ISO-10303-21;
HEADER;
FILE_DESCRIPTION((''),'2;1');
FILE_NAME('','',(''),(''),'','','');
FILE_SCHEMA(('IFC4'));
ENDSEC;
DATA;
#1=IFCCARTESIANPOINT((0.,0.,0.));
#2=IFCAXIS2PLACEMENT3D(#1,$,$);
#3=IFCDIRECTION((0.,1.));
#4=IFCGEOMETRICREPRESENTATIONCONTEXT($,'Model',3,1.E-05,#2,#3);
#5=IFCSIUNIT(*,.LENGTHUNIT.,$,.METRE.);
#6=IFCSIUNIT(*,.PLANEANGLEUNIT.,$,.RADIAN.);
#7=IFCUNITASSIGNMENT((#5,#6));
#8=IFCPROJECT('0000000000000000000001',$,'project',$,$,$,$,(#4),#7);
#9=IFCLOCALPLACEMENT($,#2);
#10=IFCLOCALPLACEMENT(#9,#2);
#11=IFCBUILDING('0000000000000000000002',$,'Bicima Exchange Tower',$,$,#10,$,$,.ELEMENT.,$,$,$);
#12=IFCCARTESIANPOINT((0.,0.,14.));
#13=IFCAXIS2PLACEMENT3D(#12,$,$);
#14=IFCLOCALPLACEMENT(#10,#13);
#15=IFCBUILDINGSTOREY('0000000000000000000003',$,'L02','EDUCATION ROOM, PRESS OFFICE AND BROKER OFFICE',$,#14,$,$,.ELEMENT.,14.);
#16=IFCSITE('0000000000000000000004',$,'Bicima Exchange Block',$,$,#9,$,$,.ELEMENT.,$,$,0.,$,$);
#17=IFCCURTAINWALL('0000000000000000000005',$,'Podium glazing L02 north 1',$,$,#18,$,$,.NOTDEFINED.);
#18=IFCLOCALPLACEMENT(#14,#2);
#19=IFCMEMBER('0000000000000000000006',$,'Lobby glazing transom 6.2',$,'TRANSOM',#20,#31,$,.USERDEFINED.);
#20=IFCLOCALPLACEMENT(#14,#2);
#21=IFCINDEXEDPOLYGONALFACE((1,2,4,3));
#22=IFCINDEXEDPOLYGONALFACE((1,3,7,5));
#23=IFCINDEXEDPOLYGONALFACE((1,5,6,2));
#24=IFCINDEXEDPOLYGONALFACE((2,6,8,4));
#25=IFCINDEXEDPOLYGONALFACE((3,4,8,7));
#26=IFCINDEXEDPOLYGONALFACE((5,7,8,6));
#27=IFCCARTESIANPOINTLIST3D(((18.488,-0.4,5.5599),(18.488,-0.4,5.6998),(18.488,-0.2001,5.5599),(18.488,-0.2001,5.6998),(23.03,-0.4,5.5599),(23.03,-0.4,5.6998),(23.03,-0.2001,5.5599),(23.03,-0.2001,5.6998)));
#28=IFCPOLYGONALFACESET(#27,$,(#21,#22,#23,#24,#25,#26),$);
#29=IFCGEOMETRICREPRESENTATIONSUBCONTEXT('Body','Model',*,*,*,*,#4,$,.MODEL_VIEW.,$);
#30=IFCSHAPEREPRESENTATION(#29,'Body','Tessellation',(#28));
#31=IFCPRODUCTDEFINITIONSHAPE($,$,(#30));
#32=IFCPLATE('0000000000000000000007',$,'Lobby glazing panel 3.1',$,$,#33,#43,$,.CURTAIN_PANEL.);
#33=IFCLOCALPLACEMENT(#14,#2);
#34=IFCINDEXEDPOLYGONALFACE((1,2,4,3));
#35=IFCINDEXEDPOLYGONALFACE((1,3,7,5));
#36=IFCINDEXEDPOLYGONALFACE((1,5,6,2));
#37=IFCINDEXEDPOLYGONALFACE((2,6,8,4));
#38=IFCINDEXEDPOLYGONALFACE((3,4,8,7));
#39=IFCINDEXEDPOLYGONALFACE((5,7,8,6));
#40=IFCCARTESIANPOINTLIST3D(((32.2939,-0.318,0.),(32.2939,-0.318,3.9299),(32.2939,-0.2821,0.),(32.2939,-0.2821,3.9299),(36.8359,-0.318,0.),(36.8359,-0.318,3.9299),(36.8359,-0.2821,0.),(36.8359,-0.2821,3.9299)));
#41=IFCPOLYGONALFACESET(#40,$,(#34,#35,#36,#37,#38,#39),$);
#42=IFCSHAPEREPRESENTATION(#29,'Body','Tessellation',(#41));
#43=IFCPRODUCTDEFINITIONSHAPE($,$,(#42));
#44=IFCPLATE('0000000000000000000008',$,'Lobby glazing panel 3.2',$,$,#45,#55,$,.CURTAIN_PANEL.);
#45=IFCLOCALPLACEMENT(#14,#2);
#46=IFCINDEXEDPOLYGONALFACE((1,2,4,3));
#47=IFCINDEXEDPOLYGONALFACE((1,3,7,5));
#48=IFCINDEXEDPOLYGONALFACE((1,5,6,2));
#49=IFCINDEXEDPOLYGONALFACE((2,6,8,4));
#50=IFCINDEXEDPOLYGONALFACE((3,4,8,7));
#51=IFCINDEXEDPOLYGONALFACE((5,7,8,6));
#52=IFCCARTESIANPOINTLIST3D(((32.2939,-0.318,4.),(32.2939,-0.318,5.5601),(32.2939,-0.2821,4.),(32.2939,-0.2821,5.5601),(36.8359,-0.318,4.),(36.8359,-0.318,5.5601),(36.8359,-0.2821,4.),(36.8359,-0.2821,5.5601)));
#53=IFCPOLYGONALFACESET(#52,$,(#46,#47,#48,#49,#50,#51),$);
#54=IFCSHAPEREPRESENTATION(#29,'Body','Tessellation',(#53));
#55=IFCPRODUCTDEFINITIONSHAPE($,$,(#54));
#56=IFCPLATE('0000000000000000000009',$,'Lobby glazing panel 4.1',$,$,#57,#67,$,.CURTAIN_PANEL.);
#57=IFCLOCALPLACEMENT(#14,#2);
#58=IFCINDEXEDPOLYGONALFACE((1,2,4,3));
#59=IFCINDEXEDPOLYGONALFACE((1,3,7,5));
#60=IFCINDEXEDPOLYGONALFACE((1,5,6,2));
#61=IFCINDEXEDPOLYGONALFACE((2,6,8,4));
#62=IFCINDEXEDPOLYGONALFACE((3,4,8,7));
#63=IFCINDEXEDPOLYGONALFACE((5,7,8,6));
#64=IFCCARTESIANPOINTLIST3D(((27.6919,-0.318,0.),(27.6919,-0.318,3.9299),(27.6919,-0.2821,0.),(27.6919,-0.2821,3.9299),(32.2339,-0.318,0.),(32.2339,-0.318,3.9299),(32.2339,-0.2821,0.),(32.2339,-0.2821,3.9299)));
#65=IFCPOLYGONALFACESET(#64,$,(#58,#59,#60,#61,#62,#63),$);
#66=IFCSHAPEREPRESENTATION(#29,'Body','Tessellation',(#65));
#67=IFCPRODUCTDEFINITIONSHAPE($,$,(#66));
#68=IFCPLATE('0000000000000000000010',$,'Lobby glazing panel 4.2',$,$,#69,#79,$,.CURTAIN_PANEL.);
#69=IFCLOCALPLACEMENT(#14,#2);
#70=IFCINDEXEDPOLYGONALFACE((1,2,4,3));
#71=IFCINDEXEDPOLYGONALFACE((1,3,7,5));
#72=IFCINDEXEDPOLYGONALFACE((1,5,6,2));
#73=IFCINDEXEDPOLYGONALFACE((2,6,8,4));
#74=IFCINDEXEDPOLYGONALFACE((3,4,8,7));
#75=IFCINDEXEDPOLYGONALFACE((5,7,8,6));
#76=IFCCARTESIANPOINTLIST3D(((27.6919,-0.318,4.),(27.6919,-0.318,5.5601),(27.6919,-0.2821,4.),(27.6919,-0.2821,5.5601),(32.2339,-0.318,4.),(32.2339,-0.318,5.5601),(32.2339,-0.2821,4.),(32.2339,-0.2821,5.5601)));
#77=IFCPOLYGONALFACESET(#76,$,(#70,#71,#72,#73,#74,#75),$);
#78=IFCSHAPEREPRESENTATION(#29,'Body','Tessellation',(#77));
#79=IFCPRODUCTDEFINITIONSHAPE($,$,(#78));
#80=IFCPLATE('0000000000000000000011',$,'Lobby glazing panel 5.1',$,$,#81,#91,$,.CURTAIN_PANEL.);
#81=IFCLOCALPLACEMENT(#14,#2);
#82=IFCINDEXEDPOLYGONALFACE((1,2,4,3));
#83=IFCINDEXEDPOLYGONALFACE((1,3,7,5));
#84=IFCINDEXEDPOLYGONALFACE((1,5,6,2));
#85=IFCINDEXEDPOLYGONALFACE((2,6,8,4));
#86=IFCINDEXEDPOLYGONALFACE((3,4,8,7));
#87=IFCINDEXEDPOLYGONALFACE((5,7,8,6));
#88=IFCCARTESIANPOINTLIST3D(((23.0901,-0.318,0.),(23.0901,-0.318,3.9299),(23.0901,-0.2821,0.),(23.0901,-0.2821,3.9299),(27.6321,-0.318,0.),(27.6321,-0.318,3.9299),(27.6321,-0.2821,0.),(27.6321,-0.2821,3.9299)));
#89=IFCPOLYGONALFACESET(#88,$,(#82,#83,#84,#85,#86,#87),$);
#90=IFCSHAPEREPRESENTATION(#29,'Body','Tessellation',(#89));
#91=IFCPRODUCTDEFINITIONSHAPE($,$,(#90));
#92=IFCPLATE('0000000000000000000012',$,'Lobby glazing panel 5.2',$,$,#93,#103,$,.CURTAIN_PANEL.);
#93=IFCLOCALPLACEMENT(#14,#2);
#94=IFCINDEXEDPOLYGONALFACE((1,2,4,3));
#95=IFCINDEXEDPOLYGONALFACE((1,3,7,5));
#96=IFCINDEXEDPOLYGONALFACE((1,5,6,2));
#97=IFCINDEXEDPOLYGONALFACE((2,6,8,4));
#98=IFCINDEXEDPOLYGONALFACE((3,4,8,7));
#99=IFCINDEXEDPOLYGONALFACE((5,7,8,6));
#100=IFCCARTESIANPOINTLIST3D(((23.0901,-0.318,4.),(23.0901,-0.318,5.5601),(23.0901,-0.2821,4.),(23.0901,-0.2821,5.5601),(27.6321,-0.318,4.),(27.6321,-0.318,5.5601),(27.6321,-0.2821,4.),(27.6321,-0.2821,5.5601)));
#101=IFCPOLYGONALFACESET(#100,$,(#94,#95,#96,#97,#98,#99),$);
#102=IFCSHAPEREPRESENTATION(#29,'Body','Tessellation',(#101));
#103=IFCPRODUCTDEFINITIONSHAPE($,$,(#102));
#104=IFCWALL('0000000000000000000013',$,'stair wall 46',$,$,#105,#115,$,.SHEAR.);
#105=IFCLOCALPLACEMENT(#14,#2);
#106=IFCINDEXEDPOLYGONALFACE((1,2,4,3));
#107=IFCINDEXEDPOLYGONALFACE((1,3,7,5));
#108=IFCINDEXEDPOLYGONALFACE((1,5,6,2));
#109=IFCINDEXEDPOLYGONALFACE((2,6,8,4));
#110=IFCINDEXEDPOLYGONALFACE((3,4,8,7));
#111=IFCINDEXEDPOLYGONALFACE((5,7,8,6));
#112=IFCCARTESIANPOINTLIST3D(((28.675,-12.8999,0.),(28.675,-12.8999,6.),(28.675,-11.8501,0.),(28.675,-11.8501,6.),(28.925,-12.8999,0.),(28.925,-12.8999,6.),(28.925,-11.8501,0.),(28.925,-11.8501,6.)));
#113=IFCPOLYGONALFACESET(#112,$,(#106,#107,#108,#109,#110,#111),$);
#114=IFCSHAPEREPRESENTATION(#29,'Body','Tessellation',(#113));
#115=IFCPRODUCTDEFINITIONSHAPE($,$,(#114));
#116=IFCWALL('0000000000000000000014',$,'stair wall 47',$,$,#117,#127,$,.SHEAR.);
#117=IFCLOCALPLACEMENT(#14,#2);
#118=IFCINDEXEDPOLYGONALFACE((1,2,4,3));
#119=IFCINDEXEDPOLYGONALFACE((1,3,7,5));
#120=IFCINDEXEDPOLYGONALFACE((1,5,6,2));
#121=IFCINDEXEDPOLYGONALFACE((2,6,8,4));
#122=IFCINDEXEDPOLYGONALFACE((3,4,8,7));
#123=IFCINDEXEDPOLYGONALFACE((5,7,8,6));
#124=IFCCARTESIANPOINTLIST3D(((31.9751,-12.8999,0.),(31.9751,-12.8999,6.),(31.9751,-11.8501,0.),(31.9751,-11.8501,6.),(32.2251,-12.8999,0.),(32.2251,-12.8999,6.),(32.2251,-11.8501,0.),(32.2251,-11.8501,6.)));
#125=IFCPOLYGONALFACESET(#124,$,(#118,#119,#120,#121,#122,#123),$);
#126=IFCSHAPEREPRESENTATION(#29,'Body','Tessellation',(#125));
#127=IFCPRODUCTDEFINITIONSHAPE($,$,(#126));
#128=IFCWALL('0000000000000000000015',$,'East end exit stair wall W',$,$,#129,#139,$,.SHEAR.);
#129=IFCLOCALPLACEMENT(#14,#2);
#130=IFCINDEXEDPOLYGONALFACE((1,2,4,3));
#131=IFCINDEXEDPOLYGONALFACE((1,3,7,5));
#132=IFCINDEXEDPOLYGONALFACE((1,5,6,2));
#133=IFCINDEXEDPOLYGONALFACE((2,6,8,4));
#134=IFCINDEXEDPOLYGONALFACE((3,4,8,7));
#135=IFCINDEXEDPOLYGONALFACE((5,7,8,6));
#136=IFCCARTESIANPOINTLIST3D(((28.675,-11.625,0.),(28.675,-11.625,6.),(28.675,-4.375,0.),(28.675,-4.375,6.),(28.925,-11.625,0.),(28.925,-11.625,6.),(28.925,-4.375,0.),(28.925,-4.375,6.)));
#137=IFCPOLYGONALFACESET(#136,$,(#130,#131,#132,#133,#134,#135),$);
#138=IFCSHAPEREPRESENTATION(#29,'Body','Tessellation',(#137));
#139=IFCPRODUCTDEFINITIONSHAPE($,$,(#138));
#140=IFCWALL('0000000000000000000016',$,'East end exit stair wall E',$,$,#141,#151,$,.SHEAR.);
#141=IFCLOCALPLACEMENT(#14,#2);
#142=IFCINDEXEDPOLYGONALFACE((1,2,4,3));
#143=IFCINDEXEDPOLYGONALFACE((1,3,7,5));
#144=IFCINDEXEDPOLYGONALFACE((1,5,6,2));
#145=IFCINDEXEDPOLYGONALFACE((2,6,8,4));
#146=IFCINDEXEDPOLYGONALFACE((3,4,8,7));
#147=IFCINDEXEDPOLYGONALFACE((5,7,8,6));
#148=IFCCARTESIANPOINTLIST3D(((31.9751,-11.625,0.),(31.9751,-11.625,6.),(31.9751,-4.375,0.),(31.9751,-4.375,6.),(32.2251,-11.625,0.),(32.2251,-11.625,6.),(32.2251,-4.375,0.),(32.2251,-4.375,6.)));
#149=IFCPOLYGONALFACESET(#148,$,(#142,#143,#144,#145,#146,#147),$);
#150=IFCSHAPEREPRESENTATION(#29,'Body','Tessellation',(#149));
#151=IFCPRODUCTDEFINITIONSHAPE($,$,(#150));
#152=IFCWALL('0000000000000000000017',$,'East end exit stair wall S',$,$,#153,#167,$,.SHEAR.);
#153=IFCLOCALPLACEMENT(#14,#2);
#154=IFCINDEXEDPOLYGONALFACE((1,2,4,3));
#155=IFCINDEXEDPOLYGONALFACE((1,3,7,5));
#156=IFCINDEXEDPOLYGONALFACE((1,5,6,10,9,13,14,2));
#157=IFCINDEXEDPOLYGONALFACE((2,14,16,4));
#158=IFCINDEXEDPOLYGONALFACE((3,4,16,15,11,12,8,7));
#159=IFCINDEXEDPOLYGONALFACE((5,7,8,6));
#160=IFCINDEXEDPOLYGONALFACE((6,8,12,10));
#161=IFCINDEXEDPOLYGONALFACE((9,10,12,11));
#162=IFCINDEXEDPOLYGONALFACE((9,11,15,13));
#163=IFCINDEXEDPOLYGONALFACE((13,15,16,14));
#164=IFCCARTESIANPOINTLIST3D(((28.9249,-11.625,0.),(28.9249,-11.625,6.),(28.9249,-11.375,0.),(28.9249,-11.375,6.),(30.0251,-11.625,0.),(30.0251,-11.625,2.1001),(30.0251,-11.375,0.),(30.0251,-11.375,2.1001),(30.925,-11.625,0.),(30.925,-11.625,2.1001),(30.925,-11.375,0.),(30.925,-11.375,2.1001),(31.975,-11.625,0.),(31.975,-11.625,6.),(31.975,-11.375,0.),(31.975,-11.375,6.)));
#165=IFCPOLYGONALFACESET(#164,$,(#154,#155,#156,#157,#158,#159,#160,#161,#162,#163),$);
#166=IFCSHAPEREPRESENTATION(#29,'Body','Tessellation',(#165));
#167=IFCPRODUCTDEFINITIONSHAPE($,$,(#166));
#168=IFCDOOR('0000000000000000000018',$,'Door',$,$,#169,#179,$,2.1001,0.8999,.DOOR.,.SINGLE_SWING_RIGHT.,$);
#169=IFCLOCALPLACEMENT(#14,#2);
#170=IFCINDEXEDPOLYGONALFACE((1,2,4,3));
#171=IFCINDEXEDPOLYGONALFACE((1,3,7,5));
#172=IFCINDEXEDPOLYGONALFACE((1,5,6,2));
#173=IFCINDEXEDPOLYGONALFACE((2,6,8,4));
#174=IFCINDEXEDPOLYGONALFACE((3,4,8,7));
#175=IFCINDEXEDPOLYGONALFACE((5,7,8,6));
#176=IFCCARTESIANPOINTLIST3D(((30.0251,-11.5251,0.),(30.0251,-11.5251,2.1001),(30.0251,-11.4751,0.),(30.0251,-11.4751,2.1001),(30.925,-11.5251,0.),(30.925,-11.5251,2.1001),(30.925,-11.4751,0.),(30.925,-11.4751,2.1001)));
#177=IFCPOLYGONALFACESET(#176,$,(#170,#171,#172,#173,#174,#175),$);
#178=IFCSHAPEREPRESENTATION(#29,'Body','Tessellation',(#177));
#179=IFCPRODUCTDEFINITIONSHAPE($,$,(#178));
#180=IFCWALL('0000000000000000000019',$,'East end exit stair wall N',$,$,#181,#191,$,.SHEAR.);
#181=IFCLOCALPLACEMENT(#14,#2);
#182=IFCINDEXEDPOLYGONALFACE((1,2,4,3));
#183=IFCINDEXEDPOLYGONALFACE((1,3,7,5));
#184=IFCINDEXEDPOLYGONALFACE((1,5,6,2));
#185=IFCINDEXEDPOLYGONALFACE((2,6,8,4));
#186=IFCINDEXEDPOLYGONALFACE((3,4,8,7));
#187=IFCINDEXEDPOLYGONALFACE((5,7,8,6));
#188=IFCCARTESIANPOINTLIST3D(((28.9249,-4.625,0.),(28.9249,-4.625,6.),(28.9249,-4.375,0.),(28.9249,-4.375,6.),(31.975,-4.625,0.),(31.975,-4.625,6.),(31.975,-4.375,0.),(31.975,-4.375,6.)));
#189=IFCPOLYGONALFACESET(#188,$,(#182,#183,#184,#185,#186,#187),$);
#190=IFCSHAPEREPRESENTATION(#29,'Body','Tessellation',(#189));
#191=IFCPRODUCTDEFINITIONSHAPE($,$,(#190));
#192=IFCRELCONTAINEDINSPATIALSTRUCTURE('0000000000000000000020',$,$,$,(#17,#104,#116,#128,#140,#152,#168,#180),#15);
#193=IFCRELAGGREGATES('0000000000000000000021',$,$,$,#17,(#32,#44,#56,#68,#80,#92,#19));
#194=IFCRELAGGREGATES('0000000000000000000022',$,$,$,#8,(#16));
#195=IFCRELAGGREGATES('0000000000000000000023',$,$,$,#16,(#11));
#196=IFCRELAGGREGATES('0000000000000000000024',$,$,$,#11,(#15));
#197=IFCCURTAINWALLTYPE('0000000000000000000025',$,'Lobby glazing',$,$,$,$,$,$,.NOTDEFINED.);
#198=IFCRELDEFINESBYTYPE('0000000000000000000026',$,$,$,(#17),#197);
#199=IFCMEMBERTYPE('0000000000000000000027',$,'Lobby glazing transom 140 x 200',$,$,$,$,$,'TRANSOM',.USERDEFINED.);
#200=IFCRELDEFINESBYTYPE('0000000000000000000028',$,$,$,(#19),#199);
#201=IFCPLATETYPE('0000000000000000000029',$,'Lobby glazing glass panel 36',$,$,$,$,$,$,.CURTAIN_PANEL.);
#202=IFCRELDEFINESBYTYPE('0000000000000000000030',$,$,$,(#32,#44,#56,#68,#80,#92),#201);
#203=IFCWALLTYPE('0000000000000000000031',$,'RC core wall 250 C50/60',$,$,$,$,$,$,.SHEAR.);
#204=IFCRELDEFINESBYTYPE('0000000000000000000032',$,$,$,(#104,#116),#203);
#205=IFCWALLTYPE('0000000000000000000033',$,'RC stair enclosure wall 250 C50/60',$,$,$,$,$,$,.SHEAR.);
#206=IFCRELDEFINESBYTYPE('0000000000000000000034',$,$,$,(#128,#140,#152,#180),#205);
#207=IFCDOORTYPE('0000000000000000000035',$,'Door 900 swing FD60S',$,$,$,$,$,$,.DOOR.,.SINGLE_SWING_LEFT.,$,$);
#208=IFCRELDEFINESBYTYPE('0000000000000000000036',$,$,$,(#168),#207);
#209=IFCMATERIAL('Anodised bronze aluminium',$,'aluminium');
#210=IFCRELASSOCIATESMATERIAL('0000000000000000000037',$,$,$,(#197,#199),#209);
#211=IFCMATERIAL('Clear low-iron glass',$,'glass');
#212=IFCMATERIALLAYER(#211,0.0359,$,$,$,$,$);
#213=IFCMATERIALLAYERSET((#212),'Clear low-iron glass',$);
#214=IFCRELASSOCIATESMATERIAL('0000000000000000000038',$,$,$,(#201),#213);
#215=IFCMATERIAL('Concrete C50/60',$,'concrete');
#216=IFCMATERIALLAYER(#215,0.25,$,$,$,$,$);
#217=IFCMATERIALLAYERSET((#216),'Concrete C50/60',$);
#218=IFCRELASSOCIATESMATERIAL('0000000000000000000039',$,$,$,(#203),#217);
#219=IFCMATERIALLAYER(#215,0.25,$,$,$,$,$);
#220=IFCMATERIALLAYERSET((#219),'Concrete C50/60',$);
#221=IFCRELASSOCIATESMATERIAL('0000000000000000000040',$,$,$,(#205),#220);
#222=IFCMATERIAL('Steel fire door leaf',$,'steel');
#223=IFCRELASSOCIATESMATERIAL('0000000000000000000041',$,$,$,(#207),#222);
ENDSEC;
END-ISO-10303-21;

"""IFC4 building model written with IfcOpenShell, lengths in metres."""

from ifc_helpers import new_model, si_unit, direction, frame, frame_2d, origin, origin_2d, place, context, subcontext, project, spatial, rectangle, extrude, material, layer, layer_set, material_profile, profile_set, type_object, element, fill, aggregate, save


model = new_model("IFC4")

# Units and contexts
model_context = context("Model", 3, precision=1e-05, world=origin(), true_north=direction((0.0, 1.0)))
body_context = subcontext(model_context, "Body", "Model", "MODEL_VIEW")
ifc_project = project(units=[si_unit("LENGTHUNIT", "METRE"), si_unit("PLANEANGLEUNIT", "RADIAN")], contexts=[model_context])

# Site, building, storey
site_placement = place(None, origin())
site = spatial("IfcSite", under=ifc_project, at=site_placement, Name="Bicima Exchange Block", CompositionType="ELEMENT", RefElevation=0.0)
building_placement = place(site_placement, origin())
building = spatial("IfcBuilding", under=site, at=building_placement, Name="Bicima Exchange Tower", CompositionType="ELEMENT")
storey_placement = place(building_placement, frame((0.0, 0.0, 14.0)))
storey = spatial("IfcBuildingStorey", under=building, at=storey_placement, Name="L02", Description="EDUCATION ROOM, PRESS OFFICE AND BROKER OFFICE", CompositionType="ELEMENT", Elevation=14.0)

# Curtain wall, member, plates
ifc_material_1 = material(Name="Anodised bronze aluminium", Category="aluminium")
curtain_wall_type = type_object("IfcCurtainWallType", Name="Lobby glazing", PredefinedType="NOTDEFINED", material=ifc_material_1)
curtain_wall_placement = place(storey_placement, origin())
curtain_wall = element("IfcCurtainWall", 1, at=curtain_wall_placement, inside=storey, type_object=curtain_wall_type, Name="Podium glazing L02 north 1", PredefinedType="NOTDEFINED")
ifc_material_profile_1 = material_profile(ifc_material_1, rectangle(XDim=0.2, YDim=0.1399, at=origin_2d()))
ifc_profile_set_1 = profile_set([ifc_material_profile_1], Name="Anodised bronze aluminium")
member_type_1 = type_object("IfcMemberType", Name="Lobby glazing transom 140 x 200", ElementType="TRANSOM", PredefinedType="USERDEFINED", material=ifc_profile_set_1)
member_1_placement = place(storey_placement, frame((23.03, -0.3, 5.6299), z_axis=(-1.0, 0.0, 0.0), x_axis=(0.0, -1.0, 0.0)))
member_1 = element("IfcMember", 2, at=member_1_placement, type_object=member_type_1, Name="Lobby glazing transom 6.2", ObjectType="TRANSOM", PredefinedType="USERDEFINED", context=body_context, shape_type="SweptSolid", body=[
    extrude(rectangle(XDim=0.2, YDim=0.1399, at=origin_2d()), origin(), (0.0, 0.0, 1.0), 4.542),
])
ifc_material_2 = material(Name="Clear low-iron glass", Category="glass")
ifc_layer_1 = layer(ifc_material_2, 0.0359)
ifc_layer_set_1 = layer_set([ifc_layer_1], Name="Clear low-iron glass")
plate_type = type_object("IfcPlateType", Name="Lobby glazing glass panel 36", PredefinedType="CURTAIN_PANEL", material=ifc_layer_set_1)
plate_1_placement = place(storey_placement, frame((34.5649, -0.3, 0.0), z_axis=(0.0, 0.0, 1.0), x_axis=(-1.0, 0.0, 0.0)))
plate_1 = element("IfcPlate", 3, at=plate_1_placement, type_object=plate_type, Name="Lobby glazing panel 3.1", PredefinedType="CURTAIN_PANEL", context=body_context, shape_type="SweptSolid", body=[
    extrude(rectangle(XDim=4.542, YDim=0.0359, at=origin_2d()), origin(), (0.0, 0.0, 1.0), 3.9299),
])
plate_2_placement = place(storey_placement, frame((34.5649, -0.3, 4.0), z_axis=(0.0, 0.0, 1.0), x_axis=(-1.0, 0.0, 0.0)))
plate_2 = element("IfcPlate", 4, at=plate_2_placement, type_object=plate_type, Name="Lobby glazing panel 3.2", PredefinedType="CURTAIN_PANEL", context=body_context, shape_type="SweptSolid", body=[
    extrude(rectangle(XDim=4.542, YDim=0.0359, at=origin_2d()), origin(), (0.0, 0.0, 1.0), 1.5601),
])
plate_3_placement = place(storey_placement, frame((29.9629, -0.3, 0.0), z_axis=(0.0, 0.0, 1.0), x_axis=(-1.0, 0.0, 0.0)))
plate_3 = element("IfcPlate", 5, at=plate_3_placement, type_object=plate_type, Name="Lobby glazing panel 4.1", PredefinedType="CURTAIN_PANEL", context=body_context, shape_type="SweptSolid", body=[
    extrude(rectangle(XDim=4.542, YDim=0.0359, at=origin_2d()), origin(), (0.0, 0.0, 1.0), 3.9299),
])
plate_4_placement = place(storey_placement, frame((29.9629, -0.3, 4.0), z_axis=(0.0, 0.0, 1.0), x_axis=(-1.0, 0.0, 0.0)))
plate_4 = element("IfcPlate", 6, at=plate_4_placement, type_object=plate_type, Name="Lobby glazing panel 4.2", PredefinedType="CURTAIN_PANEL", context=body_context, shape_type="SweptSolid", body=[
    extrude(rectangle(XDim=4.542, YDim=0.0359, at=origin_2d()), origin(), (0.0, 0.0, 1.0), 1.5601),
])
plate_5_placement = place(storey_placement, frame((25.3611, -0.3, 0.0), z_axis=(0.0, 0.0, 1.0), x_axis=(-1.0, 0.0, 0.0)))
plate_5 = element("IfcPlate", 7, at=plate_5_placement, type_object=plate_type, Name="Lobby glazing panel 5.1", PredefinedType="CURTAIN_PANEL", context=body_context, shape_type="SweptSolid", body=[
    extrude(rectangle(XDim=4.542, YDim=0.0359, at=origin_2d()), origin(), (0.0, 0.0, 1.0), 3.9299),
])
plate_6_placement = place(storey_placement, frame((25.3611, -0.3, 4.0), z_axis=(0.0, 0.0, 1.0), x_axis=(-1.0, 0.0, 0.0)))
plate_6 = element("IfcPlate", 8, at=plate_6_placement, type_object=plate_type, Name="Lobby glazing panel 5.2", PredefinedType="CURTAIN_PANEL", context=body_context, shape_type="SweptSolid", body=[
    extrude(rectangle(XDim=4.542, YDim=0.0359, at=origin_2d()), origin(), (0.0, 0.0, 1.0), 1.5601),
])
aggregate(curtain_wall, [plate_1, plate_2, plate_3, plate_4, plate_5, plate_6, member_1])

# Walls
ifc_material_3 = material(Name="Concrete C50/60", Category="concrete")
ifc_layer_2 = layer(ifc_material_3, 0.25)
ifc_layer_set_2 = layer_set([ifc_layer_2], Name="Concrete C50/60")
wall_type_1 = type_object("IfcWallType", Name="RC core wall 250 C50/60", PredefinedType="SHEAR", material=ifc_layer_set_2)
for number, where, z_axis, x_axis, name in (
    (9, (28.8, -12.8999, 0.0), (0.0, 0.0, 1.0), (0.0, 1.0, 0.0), "stair wall 46"),
    (10, (32.1001, -12.8999, 0.0), (0.0, 0.0, 1.0), (0.0, 1.0, 0.0), "stair wall 47"),
):
    element("IfcWall", number, at=place(storey_placement, frame(where, z_axis=z_axis, x_axis=x_axis)), inside=storey, type_object=wall_type_1, Name=name, PredefinedType="SHEAR", context=body_context, shape_type="SweptSolid", body=[
        extrude(rectangle(XDim=1.0498, YDim=0.25, at=frame_2d((0.5249, 0.0))), origin(), (0.0, 0.0, 1.0), 6.0),
    ])
ifc_layer_3 = layer(ifc_material_3, 0.25)
ifc_layer_set_3 = layer_set([ifc_layer_3], Name="Concrete C50/60")
wall_type_2 = type_object("IfcWallType", Name="RC stair enclosure wall 250 C50/60", PredefinedType="SHEAR", material=ifc_layer_set_3)
for number, where, z_axis, x_axis, name in (
    (11, (28.8, -11.625, 0.0), (0.0, 0.0, 1.0), (0.0, 1.0, 0.0), "East end exit stair wall W"),
    (12, (32.1001, -11.625, 0.0), (0.0, 0.0, 1.0), (0.0, 1.0, 0.0), "East end exit stair wall E"),
):
    element("IfcWall", number, at=place(storey_placement, frame(where, z_axis=z_axis, x_axis=x_axis)), inside=storey, type_object=wall_type_2, Name=name, PredefinedType="SHEAR", context=body_context, shape_type="SweptSolid", body=[
        extrude(rectangle(XDim=7.25, YDim=0.25, at=frame_2d((3.625, 0.0))), origin(), (0.0, 0.0, 1.0), 6.0),
    ])

# Wall, opening, door
wall_1_placement = place(storey_placement, frame((28.925, -11.5, 0.0), z_axis=(0.0, 0.0, 1.0), x_axis=(1.0, 0.0, 0.0)))
wall_1 = element("IfcWall", 13, at=wall_1_placement, inside=storey, type_object=wall_type_2, Name="East end exit stair wall S", PredefinedType="SHEAR", context=body_context, shape_type="SweptSolid", body=[
    extrude(rectangle(XDim=3.05, YDim=0.25, at=frame_2d((1.5249, 0.0))), origin(), (0.0, 0.0, 1.0), 6.0),
])
opening_placement = place(wall_1_placement, frame((1.1001, 0.0, 0.0)))
opening = element("IfcOpeningElement", 14, at=opening_placement, cuts=wall_1, PredefinedType="OPENING", context=body_context, shape_type="SweptSolid", body=[
    extrude(rectangle(XDim=0.8999, YDim=2.1001, at=frame_2d((0.45, 1.05))), frame((0.0, 0.137, 0.0), z_axis=(0.0, -1.0, 0.0), x_axis=(1.0, 0.0, 0.0)), (0.0, 0.0, 1.0), 0.2739),
])
ifc_material_4 = material(Name="Steel fire door leaf", Category="steel")
door_type = type_object("IfcDoorType", Name="Door 900 swing FD60S", OperationType="SINGLE_SWING_LEFT", PredefinedType="DOOR", material=ifc_material_4)
door_placement = place(opening_placement, origin())
door = element("IfcDoor", 15, at=door_placement, inside=storey, type_object=door_type, Name="Door", OperationType="SINGLE_SWING_RIGHT", OverallHeight=2.1001, OverallWidth=0.8999, PredefinedType="DOOR", context=body_context, shape_type="SweptSolid", body=[
    extrude(rectangle(XDim=0.8999, YDim=2.1001, at=frame_2d((0.45, 1.05))), frame((0.0, 0.0249, 0.0), z_axis=(0.0, -1.0, 0.0), x_axis=(1.0, 0.0, 0.0)), (0.0, 0.0, 1.0), 0.05),
])
fill(opening, door)

# Wall
wall_2_placement = place(storey_placement, frame((28.925, -4.5, 0.0), z_axis=(0.0, 0.0, 1.0), x_axis=(1.0, 0.0, 0.0)))
element("IfcWall", 16, at=wall_2_placement, inside=storey, type_object=wall_type_2, Name="East end exit stair wall N", PredefinedType="SHEAR", context=body_context, shape_type="SweptSolid", body=[
    extrude(rectangle(XDim=3.05, YDim=0.25, at=frame_2d((1.5249, 0.0))), origin(), (0.0, 0.0, 1.0), 6.0),
])

save(model, "model.ifc")
